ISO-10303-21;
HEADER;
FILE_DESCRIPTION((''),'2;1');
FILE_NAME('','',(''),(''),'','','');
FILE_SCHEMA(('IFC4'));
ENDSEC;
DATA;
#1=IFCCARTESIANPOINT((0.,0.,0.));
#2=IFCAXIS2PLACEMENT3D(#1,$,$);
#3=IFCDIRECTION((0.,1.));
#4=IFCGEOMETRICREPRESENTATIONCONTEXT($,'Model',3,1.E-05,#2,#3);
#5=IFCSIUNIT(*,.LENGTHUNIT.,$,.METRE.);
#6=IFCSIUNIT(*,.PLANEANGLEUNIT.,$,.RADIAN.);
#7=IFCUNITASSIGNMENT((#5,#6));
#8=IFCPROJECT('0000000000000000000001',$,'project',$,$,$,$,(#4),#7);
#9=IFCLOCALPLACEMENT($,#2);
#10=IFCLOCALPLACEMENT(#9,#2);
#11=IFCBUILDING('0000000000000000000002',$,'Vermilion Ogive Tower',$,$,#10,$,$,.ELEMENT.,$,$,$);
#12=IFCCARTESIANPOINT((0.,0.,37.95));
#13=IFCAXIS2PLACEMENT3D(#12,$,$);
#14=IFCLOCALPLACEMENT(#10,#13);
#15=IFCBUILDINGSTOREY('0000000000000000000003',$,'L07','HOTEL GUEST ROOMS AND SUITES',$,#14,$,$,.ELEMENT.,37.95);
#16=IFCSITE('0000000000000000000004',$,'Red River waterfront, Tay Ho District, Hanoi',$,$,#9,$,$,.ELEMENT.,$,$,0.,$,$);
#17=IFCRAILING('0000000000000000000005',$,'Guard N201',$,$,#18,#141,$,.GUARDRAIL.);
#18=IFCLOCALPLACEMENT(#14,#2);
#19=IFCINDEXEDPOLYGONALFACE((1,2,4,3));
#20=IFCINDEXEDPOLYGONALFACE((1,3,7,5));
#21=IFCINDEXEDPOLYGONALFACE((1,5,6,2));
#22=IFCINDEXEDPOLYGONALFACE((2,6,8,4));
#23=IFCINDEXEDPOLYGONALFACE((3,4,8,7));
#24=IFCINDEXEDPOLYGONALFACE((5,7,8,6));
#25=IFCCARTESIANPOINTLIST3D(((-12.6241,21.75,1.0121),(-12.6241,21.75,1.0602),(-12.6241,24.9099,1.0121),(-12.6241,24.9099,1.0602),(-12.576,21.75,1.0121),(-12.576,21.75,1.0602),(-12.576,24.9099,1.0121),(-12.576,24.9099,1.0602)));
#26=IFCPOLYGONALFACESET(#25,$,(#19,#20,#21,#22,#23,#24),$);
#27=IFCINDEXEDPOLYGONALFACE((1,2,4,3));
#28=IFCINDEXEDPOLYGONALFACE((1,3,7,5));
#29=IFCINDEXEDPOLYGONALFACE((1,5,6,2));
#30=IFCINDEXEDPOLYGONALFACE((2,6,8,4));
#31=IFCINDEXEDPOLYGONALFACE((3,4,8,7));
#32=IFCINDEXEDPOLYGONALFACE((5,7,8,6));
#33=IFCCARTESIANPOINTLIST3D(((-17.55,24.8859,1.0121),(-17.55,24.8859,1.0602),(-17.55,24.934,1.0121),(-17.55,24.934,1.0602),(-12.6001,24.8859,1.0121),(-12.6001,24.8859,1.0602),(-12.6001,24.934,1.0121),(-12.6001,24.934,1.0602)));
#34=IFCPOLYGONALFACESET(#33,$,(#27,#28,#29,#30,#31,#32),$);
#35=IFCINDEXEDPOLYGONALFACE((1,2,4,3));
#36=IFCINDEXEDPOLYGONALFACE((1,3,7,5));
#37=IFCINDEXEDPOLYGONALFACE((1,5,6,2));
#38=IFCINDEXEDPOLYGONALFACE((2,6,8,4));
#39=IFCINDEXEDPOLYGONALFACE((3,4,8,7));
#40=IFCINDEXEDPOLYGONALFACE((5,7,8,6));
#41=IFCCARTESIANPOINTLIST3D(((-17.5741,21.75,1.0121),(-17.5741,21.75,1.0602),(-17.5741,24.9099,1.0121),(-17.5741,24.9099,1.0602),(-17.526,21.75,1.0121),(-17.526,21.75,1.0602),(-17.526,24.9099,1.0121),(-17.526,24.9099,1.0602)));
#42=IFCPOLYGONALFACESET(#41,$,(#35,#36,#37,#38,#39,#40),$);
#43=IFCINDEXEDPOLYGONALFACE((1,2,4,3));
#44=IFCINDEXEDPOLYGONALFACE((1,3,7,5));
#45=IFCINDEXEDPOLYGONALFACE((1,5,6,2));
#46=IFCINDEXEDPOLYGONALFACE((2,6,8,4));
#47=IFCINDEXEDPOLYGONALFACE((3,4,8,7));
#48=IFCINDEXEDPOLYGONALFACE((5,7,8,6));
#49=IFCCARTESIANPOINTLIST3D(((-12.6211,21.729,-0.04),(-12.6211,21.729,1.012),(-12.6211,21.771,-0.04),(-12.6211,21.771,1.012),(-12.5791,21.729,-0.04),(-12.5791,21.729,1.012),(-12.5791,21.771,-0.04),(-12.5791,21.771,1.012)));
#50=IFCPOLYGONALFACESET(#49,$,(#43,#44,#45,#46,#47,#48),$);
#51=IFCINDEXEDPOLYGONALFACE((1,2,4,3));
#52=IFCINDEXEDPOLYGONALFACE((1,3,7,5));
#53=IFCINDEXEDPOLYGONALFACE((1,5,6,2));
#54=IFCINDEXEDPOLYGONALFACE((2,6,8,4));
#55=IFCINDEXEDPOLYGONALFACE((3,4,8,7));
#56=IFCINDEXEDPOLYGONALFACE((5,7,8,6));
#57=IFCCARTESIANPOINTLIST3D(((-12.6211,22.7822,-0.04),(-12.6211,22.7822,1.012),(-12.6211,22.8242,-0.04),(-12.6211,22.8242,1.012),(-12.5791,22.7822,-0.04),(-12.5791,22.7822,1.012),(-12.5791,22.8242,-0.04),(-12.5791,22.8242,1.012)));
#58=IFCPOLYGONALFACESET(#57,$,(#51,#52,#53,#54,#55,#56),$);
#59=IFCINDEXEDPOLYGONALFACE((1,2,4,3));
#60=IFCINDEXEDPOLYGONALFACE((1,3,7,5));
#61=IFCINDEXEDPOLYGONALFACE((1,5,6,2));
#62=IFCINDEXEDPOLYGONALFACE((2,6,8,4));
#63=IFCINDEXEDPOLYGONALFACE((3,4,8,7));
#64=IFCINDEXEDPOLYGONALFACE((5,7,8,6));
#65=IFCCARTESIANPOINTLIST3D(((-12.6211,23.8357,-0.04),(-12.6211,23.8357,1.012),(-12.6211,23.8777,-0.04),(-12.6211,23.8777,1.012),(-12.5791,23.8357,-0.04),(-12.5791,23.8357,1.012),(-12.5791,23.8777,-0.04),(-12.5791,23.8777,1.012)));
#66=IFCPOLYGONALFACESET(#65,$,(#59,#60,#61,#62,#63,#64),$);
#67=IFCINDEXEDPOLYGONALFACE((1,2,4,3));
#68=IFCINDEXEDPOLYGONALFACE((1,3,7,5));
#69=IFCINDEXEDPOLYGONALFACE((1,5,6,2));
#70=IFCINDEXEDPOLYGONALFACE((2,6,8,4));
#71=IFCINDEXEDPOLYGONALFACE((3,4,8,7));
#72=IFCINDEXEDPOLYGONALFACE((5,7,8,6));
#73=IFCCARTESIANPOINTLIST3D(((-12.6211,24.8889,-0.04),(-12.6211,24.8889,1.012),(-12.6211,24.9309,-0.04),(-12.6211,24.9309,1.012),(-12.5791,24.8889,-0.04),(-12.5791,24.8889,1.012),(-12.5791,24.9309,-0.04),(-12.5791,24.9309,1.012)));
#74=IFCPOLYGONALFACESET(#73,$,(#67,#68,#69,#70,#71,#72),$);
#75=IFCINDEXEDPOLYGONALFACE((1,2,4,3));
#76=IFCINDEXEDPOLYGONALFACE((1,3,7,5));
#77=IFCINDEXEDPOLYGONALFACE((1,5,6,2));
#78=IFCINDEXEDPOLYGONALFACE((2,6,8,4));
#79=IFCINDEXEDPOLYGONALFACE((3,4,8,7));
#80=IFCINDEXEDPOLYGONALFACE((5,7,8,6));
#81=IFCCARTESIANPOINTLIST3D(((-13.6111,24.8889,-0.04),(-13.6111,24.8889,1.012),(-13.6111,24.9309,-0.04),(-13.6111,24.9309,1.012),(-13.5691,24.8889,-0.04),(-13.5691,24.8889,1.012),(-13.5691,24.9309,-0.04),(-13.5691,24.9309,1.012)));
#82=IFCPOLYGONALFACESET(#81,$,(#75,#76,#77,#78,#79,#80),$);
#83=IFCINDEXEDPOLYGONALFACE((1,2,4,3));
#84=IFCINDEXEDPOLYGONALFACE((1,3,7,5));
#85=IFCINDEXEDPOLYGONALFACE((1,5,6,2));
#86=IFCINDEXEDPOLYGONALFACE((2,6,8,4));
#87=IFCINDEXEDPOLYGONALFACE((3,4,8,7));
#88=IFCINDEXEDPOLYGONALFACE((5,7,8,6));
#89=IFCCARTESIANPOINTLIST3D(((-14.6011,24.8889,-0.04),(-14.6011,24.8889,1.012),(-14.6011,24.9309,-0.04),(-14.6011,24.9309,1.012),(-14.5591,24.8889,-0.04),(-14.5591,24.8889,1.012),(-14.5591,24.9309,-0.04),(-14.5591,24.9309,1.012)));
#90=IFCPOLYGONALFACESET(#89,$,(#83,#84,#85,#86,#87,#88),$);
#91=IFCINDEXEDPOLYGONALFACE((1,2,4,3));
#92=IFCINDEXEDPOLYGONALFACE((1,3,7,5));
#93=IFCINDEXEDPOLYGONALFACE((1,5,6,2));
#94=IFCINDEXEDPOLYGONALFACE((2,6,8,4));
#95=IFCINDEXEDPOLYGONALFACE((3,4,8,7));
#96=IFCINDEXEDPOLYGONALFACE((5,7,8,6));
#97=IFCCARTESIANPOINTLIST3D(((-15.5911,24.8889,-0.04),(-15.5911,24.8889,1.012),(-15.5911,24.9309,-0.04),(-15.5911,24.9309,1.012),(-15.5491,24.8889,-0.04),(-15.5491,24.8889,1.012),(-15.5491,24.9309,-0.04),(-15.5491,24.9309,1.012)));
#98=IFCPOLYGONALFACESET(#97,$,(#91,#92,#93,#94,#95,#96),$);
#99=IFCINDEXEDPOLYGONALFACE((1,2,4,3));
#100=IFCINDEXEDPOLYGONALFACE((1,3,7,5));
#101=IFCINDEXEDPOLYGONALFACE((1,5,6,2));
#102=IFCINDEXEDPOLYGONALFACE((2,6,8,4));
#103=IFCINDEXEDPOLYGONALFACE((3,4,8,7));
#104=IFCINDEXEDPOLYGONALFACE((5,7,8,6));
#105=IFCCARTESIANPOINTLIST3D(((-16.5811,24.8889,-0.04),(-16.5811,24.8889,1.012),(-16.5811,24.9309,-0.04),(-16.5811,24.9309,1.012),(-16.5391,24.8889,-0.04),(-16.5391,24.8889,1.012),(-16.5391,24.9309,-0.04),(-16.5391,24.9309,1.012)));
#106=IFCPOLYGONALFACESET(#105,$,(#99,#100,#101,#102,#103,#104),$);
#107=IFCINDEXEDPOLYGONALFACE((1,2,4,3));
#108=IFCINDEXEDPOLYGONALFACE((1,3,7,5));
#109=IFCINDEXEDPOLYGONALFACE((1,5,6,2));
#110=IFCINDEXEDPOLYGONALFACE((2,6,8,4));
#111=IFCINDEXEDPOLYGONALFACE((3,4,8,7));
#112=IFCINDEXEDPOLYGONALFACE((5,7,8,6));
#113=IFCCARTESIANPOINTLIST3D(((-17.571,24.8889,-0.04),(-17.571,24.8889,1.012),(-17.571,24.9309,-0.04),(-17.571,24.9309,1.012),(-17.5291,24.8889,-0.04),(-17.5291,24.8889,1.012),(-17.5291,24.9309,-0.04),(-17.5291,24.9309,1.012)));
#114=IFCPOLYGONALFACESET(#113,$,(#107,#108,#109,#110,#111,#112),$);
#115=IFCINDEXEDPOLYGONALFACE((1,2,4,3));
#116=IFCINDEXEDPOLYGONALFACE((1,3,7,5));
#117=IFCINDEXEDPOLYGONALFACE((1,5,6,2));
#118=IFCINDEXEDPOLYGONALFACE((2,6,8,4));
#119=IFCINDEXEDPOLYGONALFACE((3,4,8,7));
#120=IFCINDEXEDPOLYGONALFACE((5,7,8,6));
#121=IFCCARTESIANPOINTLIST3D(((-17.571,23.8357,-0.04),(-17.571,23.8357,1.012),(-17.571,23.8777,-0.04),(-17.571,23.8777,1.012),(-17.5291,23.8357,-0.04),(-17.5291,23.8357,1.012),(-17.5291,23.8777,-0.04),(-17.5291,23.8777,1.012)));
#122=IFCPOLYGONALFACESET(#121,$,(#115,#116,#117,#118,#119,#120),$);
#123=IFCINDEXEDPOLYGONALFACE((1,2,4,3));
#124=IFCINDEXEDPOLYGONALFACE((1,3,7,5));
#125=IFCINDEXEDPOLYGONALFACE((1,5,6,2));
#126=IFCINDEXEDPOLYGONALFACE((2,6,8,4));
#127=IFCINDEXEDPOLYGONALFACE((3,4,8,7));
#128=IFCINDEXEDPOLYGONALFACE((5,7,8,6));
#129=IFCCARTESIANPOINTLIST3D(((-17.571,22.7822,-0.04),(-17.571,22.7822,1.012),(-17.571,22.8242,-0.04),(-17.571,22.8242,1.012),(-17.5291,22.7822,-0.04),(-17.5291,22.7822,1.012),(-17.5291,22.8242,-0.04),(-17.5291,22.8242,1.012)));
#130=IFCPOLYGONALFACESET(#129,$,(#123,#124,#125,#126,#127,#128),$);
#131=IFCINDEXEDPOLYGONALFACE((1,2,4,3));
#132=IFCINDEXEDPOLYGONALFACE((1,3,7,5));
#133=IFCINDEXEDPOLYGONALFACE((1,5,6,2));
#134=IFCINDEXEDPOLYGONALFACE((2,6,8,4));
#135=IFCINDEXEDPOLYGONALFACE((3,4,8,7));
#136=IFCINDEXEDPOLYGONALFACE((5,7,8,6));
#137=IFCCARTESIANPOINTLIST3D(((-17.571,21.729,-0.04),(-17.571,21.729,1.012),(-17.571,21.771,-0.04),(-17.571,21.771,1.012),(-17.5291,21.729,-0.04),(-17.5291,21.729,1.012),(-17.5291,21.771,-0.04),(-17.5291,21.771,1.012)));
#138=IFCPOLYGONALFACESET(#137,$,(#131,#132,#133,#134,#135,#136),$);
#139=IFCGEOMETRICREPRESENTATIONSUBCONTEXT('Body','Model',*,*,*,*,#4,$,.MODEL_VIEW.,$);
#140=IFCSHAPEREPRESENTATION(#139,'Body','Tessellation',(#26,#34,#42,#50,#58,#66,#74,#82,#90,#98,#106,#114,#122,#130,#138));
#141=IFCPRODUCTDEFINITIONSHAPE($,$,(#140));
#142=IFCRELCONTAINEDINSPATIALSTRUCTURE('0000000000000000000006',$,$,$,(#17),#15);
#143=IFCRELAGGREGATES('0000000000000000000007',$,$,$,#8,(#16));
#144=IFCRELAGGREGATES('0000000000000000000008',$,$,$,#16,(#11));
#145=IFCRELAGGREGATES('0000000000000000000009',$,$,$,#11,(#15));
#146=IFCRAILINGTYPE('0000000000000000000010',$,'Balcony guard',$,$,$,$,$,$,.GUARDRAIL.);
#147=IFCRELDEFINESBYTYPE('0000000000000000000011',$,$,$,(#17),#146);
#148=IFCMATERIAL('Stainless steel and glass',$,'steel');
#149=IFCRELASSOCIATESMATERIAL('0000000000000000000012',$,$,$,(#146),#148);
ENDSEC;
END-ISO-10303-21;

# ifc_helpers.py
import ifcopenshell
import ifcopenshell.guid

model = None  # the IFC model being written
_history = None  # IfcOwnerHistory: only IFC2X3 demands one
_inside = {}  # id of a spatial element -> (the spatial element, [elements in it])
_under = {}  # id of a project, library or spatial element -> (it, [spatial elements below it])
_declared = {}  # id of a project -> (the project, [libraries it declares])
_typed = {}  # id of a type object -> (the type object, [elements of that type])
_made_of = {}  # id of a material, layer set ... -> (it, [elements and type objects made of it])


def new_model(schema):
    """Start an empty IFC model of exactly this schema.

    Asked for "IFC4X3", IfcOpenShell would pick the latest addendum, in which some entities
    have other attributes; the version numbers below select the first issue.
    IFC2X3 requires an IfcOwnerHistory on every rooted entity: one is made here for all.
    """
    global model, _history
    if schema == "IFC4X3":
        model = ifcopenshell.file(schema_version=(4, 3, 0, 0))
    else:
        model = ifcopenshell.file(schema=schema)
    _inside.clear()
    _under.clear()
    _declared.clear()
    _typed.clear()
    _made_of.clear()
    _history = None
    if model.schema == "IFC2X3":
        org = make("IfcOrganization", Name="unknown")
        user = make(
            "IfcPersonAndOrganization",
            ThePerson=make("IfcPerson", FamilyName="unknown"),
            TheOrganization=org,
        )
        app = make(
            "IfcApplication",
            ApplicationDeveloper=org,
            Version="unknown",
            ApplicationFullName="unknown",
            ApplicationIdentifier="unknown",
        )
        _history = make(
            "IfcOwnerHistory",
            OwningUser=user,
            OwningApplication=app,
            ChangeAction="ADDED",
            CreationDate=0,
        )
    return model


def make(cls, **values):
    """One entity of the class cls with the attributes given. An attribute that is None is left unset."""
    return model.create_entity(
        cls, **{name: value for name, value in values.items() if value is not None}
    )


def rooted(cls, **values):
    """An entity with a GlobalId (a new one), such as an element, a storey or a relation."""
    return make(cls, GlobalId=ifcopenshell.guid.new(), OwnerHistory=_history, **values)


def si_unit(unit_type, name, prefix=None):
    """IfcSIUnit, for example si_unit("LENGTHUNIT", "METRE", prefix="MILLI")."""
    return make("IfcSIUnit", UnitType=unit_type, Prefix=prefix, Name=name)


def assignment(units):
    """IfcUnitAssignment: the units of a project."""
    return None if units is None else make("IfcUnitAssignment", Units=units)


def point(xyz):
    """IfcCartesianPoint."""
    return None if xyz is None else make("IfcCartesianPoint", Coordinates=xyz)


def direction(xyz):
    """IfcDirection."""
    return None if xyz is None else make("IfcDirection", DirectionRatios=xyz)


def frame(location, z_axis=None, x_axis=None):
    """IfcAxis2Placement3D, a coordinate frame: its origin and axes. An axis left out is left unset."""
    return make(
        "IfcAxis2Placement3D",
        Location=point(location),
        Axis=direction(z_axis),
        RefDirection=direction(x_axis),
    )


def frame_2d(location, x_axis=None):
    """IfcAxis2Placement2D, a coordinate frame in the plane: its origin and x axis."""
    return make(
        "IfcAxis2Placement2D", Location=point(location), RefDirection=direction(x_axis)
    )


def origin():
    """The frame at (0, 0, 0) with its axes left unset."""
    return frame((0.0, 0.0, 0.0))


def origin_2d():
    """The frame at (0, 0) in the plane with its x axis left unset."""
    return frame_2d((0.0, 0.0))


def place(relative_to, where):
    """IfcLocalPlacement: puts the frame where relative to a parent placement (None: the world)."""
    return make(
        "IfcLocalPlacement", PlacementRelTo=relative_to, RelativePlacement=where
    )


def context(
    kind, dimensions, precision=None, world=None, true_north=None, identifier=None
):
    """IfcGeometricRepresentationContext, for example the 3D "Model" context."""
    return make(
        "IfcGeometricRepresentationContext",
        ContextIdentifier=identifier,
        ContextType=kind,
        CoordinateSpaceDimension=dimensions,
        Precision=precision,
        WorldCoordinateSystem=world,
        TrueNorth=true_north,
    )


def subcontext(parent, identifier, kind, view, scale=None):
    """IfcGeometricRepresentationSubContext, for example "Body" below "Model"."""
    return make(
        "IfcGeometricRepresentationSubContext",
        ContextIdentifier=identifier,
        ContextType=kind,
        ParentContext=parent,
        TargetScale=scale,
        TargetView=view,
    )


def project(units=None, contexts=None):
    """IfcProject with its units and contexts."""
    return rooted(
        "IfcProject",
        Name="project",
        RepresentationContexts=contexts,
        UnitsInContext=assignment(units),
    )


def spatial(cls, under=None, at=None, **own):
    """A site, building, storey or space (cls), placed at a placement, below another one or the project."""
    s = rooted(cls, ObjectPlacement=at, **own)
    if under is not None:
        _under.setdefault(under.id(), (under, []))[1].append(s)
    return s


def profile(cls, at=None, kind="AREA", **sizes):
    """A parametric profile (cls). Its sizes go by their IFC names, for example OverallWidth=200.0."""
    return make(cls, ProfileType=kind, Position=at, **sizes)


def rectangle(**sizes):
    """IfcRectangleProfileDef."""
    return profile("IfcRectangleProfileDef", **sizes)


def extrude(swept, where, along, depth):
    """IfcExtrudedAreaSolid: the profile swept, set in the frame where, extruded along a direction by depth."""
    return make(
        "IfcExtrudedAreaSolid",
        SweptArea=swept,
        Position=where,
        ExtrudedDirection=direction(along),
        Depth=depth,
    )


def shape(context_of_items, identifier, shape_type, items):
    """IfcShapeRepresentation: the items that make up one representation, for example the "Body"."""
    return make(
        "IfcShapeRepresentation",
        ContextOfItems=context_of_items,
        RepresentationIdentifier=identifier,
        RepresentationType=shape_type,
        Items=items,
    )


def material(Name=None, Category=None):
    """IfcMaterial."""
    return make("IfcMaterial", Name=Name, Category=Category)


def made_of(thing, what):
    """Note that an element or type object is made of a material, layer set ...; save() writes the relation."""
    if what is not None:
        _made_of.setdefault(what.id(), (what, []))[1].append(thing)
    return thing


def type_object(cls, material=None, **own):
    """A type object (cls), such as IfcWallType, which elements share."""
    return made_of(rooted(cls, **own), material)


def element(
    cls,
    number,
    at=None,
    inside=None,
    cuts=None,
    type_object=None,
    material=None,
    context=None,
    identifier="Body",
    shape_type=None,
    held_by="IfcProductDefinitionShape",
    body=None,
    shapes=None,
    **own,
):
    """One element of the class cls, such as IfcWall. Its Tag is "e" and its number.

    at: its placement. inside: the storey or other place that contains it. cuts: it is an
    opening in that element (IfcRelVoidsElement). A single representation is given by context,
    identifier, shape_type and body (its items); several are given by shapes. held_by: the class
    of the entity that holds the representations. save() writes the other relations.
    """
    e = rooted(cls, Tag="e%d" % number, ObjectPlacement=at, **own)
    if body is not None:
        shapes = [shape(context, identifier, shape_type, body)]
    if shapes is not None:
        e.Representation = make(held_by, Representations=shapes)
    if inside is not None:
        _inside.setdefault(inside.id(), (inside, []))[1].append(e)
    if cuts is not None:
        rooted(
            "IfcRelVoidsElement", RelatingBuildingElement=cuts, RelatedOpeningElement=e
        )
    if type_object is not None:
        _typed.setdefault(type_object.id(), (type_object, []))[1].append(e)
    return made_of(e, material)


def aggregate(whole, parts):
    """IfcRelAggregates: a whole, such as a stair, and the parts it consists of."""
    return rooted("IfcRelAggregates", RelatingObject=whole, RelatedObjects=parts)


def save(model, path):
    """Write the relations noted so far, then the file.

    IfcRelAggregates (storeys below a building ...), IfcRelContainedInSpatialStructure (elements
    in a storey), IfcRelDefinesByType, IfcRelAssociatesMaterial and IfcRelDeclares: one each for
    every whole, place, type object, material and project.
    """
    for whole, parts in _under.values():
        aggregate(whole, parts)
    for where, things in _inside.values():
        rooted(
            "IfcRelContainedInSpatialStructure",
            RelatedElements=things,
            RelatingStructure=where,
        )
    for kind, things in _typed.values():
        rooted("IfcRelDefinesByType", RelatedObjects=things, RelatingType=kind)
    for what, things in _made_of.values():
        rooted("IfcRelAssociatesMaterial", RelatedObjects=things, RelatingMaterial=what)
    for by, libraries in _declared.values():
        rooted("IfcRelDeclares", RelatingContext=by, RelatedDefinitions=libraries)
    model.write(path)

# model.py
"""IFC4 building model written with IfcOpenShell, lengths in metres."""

from ifc_helpers import new_model, si_unit, direction, frame, origin, origin_2d, place, context, subcontext, project, spatial, rectangle, extrude, material, type_object, element, save


model = new_model("IFC4")

# Units and contexts
model_context = context("Model", 3, precision=1e-05, world=origin(), true_north=direction((0.0, 1.0)))
body_context = subcontext(model_context, "Body", "Model", "MODEL_VIEW")
ifc_project = project(units=[si_unit("LENGTHUNIT", "METRE"), si_unit("PLANEANGLEUNIT", "RADIAN")], contexts=[model_context])

# Site, building, storey
site_placement = place(None, origin())
site = spatial("IfcSite", under=ifc_project, at=site_placement, Name="Red River waterfront, Tay Ho District, Hanoi", CompositionType="ELEMENT", RefElevation=0.0)
building_placement = place(site_placement, origin())
building = spatial("IfcBuilding", under=site, at=building_placement, Name="Vermilion Ogive Tower", CompositionType="ELEMENT")
storey_placement = place(building_placement, frame((0.0, 0.0, 37.95)))
storey = spatial("IfcBuildingStorey", under=building, at=storey_placement, Name="L07", Description="HOTEL GUEST ROOMS AND SUITES", CompositionType="ELEMENT", Elevation=37.95)

# Railing
ifc_material_1 = material(Name="Stainless steel and glass", Category="steel")
railing_type_1 = type_object("IfcRailingType", Name="Balcony guard", PredefinedType="GUARDRAIL", material=ifc_material_1)
railing_1_placement = place(storey_placement, frame((-12.6001, 21.75, -0.04)))
element("IfcRailing", 1, at=railing_1_placement, inside=storey, type_object=railing_type_1, Name="Guard N201", PredefinedType="GUARDRAIL", context=body_context, shape_type="SweptSolid", body=[
    extrude(rectangle(XDim=0.0481, YDim=0.0481, at=origin_2d()), frame((0.0, 0.0, 1.0762), z_axis=(0.0, 1.0, 0.0), x_axis=(-1.0, 0.0, 0.0)), (0.0, 0.0, 1.0), 3.1599),
    extrude(rectangle(XDim=0.0481, YDim=0.0481, at=origin_2d()), frame((0.0, 3.1599, 1.0762), z_axis=(-1.0, 0.0, 0.0), x_axis=(0.0, -1.0, 0.0)), (0.0, 0.0, 1.0), 4.95),
    extrude(rectangle(XDim=0.0481, YDim=0.0481, at=origin_2d()), frame((-4.95, 3.1599, 1.0762), z_axis=(0.0, -1.0, 0.0), x_axis=(1.0, 0.0, 0.0)), (0.0, 0.0, 1.0), 3.1599),
    extrude(rectangle(XDim=0.042, YDim=0.042, at=origin_2d()), origin(), (0.0, 0.0, 1.0), 1.052),
    extrude(rectangle(XDim=0.042, YDim=0.042, at=origin_2d()), frame((0.0, 1.0532, 0.0)), (0.0, 0.0, 1.0), 1.052),
    extrude(rectangle(XDim=0.042, YDim=0.042, at=origin_2d()), frame((0.0, 2.1067, 0.0)), (0.0, 0.0, 1.0), 1.052),
    extrude(rectangle(XDim=0.042, YDim=0.042, at=origin_2d()), frame((0.0, 3.1599, 0.0)), (0.0, 0.0, 1.0), 1.052),
    extrude(rectangle(XDim=0.042, YDim=0.042, at=origin_2d()), frame((-0.99, 3.1599, 0.0)), (0.0, 0.0, 1.0), 1.052),
    extrude(rectangle(XDim=0.042, YDim=0.042, at=origin_2d()), frame((-1.98, 3.1599, 0.0)), (0.0, 0.0, 1.0), 1.052),
    extrude(rectangle(XDim=0.042, YDim=0.042, at=origin_2d()), frame((-2.97, 3.1599, 0.0)), (0.0, 0.0, 1.0), 1.052),
    extrude(rectangle(XDim=0.042, YDim=0.042, at=origin_2d()), frame((-3.96, 3.1599, 0.0)), (0.0, 0.0, 1.0), 1.052),
    extrude(rectangle(XDim=0.042, YDim=0.042, at=origin_2d()), frame((-4.95, 3.1599, 0.0)), (0.0, 0.0, 1.0), 1.052),
    extrude(rectangle(XDim=0.042, YDim=0.042, at=origin_2d()), frame((-4.95, 2.1067, 0.0)), (0.0, 0.0, 1.0), 1.052),
    extrude(rectangle(XDim=0.042, YDim=0.042, at=origin_2d()), frame((-4.95, 1.0532, 0.0)), (0.0, 0.0, 1.0), 1.052),
    extrude(rectangle(XDim=0.042, YDim=0.042, at=origin_2d()), frame((-4.95, 0.0, 0.0)), (0.0, 0.0, 1.0), 1.052),
])

save(model, "model.ifc")
